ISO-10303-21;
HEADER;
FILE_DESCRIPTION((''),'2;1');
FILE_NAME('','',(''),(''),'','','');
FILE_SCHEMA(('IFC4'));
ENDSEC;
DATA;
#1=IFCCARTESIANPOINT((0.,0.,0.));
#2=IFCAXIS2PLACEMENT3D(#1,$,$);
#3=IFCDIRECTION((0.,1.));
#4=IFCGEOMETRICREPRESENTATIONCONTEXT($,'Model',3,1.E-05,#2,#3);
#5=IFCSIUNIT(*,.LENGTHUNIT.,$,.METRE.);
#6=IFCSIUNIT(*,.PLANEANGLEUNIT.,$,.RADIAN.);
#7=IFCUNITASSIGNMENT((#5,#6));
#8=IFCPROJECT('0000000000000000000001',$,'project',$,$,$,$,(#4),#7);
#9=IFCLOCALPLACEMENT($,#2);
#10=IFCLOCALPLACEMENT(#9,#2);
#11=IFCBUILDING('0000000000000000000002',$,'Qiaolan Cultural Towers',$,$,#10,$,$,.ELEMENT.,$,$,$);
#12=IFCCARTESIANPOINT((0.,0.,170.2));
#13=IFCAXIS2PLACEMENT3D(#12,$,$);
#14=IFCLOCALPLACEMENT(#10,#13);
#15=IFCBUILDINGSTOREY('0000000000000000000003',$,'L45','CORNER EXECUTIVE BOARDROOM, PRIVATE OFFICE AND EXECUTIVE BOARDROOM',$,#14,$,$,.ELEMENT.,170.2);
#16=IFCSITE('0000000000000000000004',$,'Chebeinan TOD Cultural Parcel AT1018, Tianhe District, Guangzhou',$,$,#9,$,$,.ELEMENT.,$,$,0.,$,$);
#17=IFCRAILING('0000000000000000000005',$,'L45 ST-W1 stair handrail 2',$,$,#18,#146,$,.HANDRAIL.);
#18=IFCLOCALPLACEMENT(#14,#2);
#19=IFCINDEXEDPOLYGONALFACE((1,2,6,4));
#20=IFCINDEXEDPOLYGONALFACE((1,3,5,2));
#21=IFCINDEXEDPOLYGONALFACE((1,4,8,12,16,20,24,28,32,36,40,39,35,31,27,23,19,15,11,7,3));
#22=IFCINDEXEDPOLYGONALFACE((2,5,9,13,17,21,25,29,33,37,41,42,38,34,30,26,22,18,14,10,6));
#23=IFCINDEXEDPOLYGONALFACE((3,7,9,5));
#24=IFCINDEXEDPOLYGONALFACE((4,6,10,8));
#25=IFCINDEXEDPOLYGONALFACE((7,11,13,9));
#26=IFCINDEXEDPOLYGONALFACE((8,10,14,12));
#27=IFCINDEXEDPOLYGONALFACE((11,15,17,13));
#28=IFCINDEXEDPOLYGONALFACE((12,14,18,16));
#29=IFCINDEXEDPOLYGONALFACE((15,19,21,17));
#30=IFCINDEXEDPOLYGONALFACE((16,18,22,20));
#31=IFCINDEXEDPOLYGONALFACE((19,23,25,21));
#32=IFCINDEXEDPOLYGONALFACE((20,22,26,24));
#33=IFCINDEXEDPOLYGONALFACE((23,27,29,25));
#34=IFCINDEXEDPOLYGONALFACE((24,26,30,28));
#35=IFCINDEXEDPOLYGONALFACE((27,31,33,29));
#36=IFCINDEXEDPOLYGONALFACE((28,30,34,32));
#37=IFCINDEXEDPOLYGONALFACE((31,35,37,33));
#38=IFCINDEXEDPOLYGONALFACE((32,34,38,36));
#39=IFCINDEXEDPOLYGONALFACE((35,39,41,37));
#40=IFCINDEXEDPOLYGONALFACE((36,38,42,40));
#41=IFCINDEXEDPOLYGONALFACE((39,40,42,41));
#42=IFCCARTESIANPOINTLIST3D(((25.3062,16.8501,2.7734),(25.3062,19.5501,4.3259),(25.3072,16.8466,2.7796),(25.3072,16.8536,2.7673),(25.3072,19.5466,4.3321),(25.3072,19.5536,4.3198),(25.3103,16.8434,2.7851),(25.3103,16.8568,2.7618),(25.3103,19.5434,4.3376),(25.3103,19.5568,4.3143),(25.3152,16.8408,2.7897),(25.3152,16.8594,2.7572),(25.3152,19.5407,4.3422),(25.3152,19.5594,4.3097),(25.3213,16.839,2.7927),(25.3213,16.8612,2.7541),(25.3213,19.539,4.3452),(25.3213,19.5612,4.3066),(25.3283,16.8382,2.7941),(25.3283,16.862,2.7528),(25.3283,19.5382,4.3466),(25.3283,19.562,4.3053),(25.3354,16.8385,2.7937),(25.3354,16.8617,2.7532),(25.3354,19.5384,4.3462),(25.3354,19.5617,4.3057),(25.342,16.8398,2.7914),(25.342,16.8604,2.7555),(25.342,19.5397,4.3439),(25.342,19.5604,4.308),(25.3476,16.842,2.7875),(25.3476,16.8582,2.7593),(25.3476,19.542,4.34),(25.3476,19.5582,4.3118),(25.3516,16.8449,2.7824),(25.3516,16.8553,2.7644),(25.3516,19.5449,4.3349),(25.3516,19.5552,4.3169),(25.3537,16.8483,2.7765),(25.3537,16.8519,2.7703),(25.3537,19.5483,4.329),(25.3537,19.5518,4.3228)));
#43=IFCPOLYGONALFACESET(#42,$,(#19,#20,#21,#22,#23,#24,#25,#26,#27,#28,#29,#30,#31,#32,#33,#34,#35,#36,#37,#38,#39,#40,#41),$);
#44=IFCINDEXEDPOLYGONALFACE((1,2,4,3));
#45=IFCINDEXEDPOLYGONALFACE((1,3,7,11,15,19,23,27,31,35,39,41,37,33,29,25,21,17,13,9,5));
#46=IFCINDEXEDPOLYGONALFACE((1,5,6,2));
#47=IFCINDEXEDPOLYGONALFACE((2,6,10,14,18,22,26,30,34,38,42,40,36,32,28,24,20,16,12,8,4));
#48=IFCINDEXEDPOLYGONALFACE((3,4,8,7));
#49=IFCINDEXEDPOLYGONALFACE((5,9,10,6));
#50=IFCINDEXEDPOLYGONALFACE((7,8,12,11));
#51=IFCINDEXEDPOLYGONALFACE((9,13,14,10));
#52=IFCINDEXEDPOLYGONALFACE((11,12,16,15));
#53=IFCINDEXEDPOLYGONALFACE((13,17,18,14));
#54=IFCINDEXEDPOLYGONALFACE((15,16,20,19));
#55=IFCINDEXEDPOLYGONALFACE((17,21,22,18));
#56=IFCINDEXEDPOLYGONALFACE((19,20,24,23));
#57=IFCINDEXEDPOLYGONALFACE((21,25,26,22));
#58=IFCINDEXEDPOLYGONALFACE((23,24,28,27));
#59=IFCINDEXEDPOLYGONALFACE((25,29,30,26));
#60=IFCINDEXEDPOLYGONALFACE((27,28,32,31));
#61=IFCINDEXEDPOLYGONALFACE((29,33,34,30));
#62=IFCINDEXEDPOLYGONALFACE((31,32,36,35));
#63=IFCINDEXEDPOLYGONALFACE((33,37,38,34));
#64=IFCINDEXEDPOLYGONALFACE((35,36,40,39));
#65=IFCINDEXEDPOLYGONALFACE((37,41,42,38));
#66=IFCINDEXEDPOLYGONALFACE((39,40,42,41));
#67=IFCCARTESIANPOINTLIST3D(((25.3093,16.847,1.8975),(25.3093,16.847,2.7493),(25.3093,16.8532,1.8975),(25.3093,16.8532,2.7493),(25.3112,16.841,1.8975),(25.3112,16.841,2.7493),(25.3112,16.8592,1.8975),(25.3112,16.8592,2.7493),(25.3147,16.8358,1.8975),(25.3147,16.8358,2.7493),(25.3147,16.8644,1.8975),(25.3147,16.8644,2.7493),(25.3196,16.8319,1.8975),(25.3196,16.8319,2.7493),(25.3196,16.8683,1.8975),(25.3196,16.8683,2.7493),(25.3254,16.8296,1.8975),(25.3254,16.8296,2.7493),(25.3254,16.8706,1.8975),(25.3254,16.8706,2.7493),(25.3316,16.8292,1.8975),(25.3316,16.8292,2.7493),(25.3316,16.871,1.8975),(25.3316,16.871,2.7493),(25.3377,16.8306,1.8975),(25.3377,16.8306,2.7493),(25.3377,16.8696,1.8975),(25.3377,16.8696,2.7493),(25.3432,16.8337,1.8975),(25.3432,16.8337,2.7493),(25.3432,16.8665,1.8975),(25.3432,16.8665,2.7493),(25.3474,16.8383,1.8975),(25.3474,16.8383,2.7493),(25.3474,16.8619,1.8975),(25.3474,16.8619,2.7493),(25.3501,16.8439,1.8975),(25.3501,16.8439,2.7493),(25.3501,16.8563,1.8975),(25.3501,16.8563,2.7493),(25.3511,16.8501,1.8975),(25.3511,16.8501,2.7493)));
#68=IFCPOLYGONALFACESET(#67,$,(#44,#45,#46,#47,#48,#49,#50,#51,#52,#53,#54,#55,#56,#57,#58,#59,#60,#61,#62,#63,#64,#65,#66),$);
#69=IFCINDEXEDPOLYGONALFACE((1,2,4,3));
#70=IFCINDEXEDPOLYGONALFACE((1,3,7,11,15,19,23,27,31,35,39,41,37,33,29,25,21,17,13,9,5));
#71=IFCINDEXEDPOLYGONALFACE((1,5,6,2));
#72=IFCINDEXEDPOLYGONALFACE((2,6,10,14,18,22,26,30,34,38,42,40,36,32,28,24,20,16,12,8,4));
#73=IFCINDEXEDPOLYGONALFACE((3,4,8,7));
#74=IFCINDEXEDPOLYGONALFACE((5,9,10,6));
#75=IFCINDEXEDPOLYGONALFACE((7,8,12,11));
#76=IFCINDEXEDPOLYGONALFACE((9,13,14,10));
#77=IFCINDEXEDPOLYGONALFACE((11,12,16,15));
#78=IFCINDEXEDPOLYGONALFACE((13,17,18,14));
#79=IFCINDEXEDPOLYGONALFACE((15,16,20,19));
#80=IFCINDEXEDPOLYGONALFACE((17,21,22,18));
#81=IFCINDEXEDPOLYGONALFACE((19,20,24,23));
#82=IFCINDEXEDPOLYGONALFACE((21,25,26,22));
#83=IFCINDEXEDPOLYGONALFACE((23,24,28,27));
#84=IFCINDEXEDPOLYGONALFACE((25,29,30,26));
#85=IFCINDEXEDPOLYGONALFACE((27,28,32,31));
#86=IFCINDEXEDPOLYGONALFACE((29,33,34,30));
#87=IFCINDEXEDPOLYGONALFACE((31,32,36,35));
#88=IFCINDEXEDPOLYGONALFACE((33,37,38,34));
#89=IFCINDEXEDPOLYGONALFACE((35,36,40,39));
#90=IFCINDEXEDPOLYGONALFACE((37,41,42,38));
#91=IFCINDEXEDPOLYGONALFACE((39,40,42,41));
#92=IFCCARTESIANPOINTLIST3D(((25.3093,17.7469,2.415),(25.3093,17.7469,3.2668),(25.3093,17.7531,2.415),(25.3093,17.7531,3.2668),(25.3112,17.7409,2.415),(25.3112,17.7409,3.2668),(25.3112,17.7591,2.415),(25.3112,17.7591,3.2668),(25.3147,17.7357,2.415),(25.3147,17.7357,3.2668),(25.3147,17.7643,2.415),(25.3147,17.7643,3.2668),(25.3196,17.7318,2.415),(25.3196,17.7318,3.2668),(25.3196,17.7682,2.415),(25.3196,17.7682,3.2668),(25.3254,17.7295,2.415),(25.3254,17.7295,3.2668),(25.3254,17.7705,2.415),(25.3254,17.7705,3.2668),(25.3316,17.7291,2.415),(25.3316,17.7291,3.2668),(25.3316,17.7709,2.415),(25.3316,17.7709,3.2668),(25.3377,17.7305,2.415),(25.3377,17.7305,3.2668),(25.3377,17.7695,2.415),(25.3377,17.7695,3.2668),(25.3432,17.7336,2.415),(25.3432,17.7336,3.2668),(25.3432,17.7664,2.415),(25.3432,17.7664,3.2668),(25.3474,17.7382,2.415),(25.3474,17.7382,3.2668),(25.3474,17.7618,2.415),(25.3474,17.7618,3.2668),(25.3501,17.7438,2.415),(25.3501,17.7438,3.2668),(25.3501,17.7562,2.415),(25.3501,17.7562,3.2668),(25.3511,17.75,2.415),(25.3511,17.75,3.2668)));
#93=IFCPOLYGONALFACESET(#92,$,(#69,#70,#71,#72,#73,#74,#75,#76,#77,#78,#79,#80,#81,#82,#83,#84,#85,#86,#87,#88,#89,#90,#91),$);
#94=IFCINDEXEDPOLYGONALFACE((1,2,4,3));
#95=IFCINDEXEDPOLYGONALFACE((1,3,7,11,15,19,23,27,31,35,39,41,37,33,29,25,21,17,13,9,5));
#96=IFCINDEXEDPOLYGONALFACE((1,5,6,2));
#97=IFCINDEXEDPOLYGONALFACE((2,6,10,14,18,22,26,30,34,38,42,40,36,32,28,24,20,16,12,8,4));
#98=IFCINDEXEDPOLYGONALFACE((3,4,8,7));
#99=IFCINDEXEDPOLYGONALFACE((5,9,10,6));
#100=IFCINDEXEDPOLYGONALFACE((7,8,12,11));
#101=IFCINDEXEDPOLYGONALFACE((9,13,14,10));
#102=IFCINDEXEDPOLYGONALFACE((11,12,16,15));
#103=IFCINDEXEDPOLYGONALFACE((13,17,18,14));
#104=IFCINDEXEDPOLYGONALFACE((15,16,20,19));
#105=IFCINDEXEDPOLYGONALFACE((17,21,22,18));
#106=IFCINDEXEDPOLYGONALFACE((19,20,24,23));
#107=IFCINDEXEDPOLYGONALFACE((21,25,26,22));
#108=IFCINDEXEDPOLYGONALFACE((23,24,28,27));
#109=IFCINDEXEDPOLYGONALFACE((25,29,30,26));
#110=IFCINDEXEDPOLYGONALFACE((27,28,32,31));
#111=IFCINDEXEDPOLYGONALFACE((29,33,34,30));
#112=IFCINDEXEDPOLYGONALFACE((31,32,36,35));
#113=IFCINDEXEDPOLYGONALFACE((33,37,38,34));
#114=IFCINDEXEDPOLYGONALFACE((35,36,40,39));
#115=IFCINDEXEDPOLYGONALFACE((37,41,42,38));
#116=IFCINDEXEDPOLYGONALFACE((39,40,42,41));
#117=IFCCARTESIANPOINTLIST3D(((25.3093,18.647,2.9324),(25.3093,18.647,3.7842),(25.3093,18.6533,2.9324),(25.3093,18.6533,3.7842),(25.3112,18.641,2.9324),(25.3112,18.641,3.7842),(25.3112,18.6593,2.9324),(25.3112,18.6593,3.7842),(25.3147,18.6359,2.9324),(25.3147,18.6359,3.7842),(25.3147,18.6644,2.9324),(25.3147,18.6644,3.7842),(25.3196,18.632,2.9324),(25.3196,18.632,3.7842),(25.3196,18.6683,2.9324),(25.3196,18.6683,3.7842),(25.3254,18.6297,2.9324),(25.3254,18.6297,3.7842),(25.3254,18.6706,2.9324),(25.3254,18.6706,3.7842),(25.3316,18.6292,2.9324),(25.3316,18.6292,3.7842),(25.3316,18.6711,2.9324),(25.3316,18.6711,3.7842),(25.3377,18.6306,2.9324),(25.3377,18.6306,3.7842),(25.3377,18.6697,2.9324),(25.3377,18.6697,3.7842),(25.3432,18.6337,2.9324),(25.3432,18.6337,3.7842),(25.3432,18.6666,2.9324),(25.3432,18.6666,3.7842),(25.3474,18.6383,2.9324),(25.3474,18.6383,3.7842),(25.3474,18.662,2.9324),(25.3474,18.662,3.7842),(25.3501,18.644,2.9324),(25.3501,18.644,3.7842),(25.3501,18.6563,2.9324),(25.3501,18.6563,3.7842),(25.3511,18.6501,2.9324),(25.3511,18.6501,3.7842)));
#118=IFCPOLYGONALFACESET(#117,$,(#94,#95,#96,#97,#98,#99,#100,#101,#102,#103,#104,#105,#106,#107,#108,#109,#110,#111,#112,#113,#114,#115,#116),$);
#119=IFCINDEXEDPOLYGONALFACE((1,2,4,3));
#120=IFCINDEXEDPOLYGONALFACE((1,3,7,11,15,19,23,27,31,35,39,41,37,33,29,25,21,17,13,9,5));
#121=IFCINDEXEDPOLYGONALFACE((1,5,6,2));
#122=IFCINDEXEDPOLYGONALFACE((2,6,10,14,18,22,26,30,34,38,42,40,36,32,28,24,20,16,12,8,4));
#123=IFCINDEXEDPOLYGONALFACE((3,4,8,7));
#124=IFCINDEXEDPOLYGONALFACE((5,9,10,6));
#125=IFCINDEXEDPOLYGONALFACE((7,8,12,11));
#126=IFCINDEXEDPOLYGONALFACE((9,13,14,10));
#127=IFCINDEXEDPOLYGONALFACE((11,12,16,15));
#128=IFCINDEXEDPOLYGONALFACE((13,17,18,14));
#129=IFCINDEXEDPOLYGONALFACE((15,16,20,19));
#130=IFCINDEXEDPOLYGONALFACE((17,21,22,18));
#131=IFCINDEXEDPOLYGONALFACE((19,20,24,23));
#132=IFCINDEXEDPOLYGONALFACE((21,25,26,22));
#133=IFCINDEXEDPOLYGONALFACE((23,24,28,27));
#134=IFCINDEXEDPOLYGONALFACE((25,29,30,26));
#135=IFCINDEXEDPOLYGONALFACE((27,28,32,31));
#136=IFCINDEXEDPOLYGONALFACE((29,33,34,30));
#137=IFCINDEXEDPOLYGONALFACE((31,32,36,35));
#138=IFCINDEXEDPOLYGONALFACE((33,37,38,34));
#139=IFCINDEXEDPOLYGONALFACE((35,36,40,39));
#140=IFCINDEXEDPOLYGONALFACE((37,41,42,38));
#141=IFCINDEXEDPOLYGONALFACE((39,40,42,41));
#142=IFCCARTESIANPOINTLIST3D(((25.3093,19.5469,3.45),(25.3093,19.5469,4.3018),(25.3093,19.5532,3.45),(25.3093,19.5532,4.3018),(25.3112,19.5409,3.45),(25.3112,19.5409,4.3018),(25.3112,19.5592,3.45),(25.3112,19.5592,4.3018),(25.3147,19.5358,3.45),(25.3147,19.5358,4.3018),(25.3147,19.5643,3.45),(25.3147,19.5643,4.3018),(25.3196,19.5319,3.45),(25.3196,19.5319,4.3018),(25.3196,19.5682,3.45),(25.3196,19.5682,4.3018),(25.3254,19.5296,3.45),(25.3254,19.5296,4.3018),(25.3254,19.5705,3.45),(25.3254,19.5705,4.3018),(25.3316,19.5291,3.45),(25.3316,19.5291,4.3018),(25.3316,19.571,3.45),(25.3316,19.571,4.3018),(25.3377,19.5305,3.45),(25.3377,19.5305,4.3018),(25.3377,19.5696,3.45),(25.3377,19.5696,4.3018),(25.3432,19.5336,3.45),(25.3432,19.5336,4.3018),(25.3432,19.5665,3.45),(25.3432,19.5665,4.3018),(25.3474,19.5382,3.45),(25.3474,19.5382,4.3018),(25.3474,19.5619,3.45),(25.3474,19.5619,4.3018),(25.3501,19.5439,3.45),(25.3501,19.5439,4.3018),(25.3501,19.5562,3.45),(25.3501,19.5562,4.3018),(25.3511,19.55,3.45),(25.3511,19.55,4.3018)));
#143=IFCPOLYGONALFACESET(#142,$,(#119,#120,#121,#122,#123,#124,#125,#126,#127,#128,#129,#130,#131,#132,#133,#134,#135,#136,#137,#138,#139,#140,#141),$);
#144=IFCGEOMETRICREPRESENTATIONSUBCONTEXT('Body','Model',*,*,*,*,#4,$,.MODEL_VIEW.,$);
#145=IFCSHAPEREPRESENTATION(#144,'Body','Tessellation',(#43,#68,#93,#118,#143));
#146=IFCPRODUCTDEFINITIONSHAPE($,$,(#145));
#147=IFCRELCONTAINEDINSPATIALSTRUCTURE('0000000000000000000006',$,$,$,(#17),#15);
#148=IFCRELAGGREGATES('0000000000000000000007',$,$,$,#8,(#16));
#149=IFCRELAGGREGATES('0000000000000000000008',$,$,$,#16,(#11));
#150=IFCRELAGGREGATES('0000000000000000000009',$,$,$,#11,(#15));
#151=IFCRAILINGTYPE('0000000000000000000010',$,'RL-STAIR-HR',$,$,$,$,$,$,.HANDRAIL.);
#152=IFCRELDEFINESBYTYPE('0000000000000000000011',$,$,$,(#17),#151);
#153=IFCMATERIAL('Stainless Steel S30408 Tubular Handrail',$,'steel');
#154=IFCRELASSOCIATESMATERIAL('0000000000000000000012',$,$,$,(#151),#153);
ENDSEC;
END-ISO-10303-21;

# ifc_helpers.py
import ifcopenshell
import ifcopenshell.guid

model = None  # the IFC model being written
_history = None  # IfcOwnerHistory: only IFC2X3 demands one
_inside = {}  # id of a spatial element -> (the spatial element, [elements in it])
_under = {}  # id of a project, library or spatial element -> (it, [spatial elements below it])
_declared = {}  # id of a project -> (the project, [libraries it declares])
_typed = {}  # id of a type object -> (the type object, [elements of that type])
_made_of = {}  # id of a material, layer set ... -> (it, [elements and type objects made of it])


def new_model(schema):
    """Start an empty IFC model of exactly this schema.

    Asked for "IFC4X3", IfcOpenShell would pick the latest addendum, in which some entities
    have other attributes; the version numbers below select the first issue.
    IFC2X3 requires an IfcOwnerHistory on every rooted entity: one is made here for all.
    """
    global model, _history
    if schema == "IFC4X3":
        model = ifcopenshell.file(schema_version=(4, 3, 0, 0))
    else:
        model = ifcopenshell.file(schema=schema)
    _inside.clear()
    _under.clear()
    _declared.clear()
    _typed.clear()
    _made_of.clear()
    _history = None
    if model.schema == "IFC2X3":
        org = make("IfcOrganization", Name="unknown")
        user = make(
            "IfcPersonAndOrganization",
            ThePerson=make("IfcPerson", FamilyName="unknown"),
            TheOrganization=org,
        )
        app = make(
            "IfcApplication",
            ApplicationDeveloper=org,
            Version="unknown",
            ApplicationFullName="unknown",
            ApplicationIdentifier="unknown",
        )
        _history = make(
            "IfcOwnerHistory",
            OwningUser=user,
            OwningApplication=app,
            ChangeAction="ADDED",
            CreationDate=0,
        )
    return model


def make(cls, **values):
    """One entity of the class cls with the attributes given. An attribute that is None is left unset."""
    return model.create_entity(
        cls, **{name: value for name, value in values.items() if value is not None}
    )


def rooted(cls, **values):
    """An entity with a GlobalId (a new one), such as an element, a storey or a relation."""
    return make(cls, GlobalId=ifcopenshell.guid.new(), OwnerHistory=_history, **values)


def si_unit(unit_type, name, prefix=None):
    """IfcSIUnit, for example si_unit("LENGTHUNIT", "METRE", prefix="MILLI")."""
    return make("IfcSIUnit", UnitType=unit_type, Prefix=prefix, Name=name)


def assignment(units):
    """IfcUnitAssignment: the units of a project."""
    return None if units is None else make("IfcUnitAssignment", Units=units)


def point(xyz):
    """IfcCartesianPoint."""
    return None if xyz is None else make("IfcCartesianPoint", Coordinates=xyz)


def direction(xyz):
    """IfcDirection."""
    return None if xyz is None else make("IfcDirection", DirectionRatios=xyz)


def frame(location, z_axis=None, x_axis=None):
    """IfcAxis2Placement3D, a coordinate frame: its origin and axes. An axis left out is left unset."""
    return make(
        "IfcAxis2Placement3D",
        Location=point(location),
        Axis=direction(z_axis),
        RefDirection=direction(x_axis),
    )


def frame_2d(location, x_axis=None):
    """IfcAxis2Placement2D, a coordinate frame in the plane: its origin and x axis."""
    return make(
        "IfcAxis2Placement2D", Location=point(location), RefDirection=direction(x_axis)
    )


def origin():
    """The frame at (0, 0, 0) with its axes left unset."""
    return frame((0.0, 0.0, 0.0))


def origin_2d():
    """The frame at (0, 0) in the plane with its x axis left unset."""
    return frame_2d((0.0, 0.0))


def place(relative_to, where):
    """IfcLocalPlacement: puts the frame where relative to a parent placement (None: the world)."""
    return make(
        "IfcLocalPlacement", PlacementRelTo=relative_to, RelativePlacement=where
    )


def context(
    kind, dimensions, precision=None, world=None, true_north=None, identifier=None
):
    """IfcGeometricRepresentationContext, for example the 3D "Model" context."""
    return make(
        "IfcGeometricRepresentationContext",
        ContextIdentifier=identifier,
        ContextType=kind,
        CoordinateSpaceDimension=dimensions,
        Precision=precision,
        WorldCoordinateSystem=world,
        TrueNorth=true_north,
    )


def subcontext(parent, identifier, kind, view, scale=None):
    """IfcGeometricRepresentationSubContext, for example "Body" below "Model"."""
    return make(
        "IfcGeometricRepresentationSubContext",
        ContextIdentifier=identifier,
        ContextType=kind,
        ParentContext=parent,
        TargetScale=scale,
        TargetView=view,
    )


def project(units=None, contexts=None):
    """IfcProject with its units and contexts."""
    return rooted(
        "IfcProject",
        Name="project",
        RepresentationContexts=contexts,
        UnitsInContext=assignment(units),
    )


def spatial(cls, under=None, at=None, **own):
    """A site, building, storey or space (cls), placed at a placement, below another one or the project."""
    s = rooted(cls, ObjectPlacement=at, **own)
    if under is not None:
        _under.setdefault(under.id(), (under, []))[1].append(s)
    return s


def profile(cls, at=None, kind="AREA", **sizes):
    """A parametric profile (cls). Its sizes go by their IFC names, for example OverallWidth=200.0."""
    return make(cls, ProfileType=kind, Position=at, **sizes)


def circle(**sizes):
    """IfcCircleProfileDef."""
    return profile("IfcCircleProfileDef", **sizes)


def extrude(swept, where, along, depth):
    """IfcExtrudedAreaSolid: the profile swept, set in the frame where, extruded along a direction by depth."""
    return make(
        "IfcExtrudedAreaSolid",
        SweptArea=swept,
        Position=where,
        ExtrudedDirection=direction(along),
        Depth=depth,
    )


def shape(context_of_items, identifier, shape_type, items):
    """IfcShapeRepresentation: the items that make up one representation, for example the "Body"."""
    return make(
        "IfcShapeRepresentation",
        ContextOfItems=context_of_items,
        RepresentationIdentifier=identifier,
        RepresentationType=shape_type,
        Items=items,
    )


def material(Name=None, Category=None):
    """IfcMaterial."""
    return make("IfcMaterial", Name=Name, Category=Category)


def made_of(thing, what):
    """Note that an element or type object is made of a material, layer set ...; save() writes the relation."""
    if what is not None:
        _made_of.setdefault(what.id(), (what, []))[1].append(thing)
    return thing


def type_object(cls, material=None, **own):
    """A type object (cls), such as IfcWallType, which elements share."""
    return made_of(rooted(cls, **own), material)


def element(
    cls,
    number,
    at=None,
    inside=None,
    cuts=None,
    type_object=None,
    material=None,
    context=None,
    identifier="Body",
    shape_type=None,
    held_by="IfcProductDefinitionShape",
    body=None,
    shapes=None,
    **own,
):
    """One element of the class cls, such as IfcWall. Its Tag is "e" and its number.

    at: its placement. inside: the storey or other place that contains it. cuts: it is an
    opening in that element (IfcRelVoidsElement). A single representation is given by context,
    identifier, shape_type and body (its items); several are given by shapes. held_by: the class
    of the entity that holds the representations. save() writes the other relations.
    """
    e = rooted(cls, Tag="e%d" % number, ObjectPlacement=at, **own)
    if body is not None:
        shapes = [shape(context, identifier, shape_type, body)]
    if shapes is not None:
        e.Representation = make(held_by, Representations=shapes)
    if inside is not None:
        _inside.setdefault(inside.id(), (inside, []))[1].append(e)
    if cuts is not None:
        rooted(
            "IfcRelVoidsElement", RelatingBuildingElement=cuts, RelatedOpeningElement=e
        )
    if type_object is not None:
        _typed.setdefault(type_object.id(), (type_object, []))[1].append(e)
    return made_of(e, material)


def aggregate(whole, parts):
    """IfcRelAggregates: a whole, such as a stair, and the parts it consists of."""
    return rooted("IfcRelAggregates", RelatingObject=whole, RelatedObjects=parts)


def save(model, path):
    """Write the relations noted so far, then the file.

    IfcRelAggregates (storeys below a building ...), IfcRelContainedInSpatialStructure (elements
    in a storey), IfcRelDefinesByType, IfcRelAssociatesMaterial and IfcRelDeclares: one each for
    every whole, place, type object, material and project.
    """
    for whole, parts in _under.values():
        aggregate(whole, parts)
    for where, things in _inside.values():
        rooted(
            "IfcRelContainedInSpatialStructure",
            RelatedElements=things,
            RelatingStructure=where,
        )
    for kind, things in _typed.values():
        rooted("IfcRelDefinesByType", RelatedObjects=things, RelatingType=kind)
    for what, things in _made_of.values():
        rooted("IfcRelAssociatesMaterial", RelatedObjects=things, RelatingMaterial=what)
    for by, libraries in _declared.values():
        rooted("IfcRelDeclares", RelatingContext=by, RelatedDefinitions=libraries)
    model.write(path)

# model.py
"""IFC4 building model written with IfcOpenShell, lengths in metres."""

from ifc_helpers import new_model, si_unit, direction, frame, origin, origin_2d, place, context, subcontext, project, spatial, circle, extrude, material, type_object, element, save


model = new_model("IFC4")

# Units and contexts
model_context = context("Model", 3, precision=1e-05, world=origin(), true_north=direction((0.0, 1.0)))
body_context = subcontext(model_context, "Body", "Model", "MODEL_VIEW")
ifc_project = project(units=[si_unit("LENGTHUNIT", "METRE"), si_unit("PLANEANGLEUNIT", "RADIAN")], contexts=[model_context])

# Site, building, storey
site_placement = place(None, origin())
site = spatial("IfcSite", under=ifc_project, at=site_placement, Name="Chebeinan TOD Cultural Parcel AT1018, Tianhe District, Guangzhou", CompositionType="ELEMENT", RefElevation=0.0)
building_placement = place(site_placement, origin())
building = spatial("IfcBuilding", under=site, at=building_placement, Name="Qiaolan Cultural Towers", CompositionType="ELEMENT")
storey_placement = place(building_placement, frame((0.0, 0.0, 170.2)))
storey = spatial("IfcBuildingStorey", under=building, at=storey_placement, Name="L45", Description="CORNER EXECUTIVE BOARDROOM, PRIVATE OFFICE AND EXECUTIVE BOARDROOM", CompositionType="ELEMENT", Elevation=170.2)

# Railing
ifc_material_1 = material(Name="Stainless Steel S30408 Tubular Handrail", Category="steel")
railing_type_1 = type_object("IfcRailingType", Name="RL-STAIR-HR", PredefinedType="HANDRAIL", material=ifc_material_1)
railing_1_placement = place(storey_placement, frame((25.3301, 16.8501, 1.8975)))
element("IfcRailing", 1, at=railing_1_placement, inside=storey, type_object=railing_type_1, Name="L45 ST-W1 stair handrail 2", PredefinedType="HANDRAIL", context=body_context, shape_type="SweptSolid", body=[
    extrude(circle(Radius=0.0239, at=origin_2d()), frame((0.0, 0.0, 0.876), z_axis=(0.0, 0.866904, 0.498476), x_axis=(-1.0, 0.0, 0.0)), (0.0, 0.0, 1.0), 3.1145),
    extrude(circle(Radius=0.021, at=origin_2d()), origin(), (0.0, 0.0, 1.0), 0.8518),
    extrude(circle(Radius=0.021, at=origin_2d()), frame((0.0, 0.8999, 0.5176)), (0.0, 0.0, 1.0), 0.8518),
    extrude(circle(Radius=0.021, at=origin_2d()), frame((0.0, 1.8, 1.0349)), (0.0, 0.0, 1.0), 0.8518),
    extrude(circle(Radius=0.021, at=origin_2d()), frame((0.0, 2.7, 1.5525)), (0.0, 0.0, 1.0), 0.8518),
])

save(model, "model.ifc")
